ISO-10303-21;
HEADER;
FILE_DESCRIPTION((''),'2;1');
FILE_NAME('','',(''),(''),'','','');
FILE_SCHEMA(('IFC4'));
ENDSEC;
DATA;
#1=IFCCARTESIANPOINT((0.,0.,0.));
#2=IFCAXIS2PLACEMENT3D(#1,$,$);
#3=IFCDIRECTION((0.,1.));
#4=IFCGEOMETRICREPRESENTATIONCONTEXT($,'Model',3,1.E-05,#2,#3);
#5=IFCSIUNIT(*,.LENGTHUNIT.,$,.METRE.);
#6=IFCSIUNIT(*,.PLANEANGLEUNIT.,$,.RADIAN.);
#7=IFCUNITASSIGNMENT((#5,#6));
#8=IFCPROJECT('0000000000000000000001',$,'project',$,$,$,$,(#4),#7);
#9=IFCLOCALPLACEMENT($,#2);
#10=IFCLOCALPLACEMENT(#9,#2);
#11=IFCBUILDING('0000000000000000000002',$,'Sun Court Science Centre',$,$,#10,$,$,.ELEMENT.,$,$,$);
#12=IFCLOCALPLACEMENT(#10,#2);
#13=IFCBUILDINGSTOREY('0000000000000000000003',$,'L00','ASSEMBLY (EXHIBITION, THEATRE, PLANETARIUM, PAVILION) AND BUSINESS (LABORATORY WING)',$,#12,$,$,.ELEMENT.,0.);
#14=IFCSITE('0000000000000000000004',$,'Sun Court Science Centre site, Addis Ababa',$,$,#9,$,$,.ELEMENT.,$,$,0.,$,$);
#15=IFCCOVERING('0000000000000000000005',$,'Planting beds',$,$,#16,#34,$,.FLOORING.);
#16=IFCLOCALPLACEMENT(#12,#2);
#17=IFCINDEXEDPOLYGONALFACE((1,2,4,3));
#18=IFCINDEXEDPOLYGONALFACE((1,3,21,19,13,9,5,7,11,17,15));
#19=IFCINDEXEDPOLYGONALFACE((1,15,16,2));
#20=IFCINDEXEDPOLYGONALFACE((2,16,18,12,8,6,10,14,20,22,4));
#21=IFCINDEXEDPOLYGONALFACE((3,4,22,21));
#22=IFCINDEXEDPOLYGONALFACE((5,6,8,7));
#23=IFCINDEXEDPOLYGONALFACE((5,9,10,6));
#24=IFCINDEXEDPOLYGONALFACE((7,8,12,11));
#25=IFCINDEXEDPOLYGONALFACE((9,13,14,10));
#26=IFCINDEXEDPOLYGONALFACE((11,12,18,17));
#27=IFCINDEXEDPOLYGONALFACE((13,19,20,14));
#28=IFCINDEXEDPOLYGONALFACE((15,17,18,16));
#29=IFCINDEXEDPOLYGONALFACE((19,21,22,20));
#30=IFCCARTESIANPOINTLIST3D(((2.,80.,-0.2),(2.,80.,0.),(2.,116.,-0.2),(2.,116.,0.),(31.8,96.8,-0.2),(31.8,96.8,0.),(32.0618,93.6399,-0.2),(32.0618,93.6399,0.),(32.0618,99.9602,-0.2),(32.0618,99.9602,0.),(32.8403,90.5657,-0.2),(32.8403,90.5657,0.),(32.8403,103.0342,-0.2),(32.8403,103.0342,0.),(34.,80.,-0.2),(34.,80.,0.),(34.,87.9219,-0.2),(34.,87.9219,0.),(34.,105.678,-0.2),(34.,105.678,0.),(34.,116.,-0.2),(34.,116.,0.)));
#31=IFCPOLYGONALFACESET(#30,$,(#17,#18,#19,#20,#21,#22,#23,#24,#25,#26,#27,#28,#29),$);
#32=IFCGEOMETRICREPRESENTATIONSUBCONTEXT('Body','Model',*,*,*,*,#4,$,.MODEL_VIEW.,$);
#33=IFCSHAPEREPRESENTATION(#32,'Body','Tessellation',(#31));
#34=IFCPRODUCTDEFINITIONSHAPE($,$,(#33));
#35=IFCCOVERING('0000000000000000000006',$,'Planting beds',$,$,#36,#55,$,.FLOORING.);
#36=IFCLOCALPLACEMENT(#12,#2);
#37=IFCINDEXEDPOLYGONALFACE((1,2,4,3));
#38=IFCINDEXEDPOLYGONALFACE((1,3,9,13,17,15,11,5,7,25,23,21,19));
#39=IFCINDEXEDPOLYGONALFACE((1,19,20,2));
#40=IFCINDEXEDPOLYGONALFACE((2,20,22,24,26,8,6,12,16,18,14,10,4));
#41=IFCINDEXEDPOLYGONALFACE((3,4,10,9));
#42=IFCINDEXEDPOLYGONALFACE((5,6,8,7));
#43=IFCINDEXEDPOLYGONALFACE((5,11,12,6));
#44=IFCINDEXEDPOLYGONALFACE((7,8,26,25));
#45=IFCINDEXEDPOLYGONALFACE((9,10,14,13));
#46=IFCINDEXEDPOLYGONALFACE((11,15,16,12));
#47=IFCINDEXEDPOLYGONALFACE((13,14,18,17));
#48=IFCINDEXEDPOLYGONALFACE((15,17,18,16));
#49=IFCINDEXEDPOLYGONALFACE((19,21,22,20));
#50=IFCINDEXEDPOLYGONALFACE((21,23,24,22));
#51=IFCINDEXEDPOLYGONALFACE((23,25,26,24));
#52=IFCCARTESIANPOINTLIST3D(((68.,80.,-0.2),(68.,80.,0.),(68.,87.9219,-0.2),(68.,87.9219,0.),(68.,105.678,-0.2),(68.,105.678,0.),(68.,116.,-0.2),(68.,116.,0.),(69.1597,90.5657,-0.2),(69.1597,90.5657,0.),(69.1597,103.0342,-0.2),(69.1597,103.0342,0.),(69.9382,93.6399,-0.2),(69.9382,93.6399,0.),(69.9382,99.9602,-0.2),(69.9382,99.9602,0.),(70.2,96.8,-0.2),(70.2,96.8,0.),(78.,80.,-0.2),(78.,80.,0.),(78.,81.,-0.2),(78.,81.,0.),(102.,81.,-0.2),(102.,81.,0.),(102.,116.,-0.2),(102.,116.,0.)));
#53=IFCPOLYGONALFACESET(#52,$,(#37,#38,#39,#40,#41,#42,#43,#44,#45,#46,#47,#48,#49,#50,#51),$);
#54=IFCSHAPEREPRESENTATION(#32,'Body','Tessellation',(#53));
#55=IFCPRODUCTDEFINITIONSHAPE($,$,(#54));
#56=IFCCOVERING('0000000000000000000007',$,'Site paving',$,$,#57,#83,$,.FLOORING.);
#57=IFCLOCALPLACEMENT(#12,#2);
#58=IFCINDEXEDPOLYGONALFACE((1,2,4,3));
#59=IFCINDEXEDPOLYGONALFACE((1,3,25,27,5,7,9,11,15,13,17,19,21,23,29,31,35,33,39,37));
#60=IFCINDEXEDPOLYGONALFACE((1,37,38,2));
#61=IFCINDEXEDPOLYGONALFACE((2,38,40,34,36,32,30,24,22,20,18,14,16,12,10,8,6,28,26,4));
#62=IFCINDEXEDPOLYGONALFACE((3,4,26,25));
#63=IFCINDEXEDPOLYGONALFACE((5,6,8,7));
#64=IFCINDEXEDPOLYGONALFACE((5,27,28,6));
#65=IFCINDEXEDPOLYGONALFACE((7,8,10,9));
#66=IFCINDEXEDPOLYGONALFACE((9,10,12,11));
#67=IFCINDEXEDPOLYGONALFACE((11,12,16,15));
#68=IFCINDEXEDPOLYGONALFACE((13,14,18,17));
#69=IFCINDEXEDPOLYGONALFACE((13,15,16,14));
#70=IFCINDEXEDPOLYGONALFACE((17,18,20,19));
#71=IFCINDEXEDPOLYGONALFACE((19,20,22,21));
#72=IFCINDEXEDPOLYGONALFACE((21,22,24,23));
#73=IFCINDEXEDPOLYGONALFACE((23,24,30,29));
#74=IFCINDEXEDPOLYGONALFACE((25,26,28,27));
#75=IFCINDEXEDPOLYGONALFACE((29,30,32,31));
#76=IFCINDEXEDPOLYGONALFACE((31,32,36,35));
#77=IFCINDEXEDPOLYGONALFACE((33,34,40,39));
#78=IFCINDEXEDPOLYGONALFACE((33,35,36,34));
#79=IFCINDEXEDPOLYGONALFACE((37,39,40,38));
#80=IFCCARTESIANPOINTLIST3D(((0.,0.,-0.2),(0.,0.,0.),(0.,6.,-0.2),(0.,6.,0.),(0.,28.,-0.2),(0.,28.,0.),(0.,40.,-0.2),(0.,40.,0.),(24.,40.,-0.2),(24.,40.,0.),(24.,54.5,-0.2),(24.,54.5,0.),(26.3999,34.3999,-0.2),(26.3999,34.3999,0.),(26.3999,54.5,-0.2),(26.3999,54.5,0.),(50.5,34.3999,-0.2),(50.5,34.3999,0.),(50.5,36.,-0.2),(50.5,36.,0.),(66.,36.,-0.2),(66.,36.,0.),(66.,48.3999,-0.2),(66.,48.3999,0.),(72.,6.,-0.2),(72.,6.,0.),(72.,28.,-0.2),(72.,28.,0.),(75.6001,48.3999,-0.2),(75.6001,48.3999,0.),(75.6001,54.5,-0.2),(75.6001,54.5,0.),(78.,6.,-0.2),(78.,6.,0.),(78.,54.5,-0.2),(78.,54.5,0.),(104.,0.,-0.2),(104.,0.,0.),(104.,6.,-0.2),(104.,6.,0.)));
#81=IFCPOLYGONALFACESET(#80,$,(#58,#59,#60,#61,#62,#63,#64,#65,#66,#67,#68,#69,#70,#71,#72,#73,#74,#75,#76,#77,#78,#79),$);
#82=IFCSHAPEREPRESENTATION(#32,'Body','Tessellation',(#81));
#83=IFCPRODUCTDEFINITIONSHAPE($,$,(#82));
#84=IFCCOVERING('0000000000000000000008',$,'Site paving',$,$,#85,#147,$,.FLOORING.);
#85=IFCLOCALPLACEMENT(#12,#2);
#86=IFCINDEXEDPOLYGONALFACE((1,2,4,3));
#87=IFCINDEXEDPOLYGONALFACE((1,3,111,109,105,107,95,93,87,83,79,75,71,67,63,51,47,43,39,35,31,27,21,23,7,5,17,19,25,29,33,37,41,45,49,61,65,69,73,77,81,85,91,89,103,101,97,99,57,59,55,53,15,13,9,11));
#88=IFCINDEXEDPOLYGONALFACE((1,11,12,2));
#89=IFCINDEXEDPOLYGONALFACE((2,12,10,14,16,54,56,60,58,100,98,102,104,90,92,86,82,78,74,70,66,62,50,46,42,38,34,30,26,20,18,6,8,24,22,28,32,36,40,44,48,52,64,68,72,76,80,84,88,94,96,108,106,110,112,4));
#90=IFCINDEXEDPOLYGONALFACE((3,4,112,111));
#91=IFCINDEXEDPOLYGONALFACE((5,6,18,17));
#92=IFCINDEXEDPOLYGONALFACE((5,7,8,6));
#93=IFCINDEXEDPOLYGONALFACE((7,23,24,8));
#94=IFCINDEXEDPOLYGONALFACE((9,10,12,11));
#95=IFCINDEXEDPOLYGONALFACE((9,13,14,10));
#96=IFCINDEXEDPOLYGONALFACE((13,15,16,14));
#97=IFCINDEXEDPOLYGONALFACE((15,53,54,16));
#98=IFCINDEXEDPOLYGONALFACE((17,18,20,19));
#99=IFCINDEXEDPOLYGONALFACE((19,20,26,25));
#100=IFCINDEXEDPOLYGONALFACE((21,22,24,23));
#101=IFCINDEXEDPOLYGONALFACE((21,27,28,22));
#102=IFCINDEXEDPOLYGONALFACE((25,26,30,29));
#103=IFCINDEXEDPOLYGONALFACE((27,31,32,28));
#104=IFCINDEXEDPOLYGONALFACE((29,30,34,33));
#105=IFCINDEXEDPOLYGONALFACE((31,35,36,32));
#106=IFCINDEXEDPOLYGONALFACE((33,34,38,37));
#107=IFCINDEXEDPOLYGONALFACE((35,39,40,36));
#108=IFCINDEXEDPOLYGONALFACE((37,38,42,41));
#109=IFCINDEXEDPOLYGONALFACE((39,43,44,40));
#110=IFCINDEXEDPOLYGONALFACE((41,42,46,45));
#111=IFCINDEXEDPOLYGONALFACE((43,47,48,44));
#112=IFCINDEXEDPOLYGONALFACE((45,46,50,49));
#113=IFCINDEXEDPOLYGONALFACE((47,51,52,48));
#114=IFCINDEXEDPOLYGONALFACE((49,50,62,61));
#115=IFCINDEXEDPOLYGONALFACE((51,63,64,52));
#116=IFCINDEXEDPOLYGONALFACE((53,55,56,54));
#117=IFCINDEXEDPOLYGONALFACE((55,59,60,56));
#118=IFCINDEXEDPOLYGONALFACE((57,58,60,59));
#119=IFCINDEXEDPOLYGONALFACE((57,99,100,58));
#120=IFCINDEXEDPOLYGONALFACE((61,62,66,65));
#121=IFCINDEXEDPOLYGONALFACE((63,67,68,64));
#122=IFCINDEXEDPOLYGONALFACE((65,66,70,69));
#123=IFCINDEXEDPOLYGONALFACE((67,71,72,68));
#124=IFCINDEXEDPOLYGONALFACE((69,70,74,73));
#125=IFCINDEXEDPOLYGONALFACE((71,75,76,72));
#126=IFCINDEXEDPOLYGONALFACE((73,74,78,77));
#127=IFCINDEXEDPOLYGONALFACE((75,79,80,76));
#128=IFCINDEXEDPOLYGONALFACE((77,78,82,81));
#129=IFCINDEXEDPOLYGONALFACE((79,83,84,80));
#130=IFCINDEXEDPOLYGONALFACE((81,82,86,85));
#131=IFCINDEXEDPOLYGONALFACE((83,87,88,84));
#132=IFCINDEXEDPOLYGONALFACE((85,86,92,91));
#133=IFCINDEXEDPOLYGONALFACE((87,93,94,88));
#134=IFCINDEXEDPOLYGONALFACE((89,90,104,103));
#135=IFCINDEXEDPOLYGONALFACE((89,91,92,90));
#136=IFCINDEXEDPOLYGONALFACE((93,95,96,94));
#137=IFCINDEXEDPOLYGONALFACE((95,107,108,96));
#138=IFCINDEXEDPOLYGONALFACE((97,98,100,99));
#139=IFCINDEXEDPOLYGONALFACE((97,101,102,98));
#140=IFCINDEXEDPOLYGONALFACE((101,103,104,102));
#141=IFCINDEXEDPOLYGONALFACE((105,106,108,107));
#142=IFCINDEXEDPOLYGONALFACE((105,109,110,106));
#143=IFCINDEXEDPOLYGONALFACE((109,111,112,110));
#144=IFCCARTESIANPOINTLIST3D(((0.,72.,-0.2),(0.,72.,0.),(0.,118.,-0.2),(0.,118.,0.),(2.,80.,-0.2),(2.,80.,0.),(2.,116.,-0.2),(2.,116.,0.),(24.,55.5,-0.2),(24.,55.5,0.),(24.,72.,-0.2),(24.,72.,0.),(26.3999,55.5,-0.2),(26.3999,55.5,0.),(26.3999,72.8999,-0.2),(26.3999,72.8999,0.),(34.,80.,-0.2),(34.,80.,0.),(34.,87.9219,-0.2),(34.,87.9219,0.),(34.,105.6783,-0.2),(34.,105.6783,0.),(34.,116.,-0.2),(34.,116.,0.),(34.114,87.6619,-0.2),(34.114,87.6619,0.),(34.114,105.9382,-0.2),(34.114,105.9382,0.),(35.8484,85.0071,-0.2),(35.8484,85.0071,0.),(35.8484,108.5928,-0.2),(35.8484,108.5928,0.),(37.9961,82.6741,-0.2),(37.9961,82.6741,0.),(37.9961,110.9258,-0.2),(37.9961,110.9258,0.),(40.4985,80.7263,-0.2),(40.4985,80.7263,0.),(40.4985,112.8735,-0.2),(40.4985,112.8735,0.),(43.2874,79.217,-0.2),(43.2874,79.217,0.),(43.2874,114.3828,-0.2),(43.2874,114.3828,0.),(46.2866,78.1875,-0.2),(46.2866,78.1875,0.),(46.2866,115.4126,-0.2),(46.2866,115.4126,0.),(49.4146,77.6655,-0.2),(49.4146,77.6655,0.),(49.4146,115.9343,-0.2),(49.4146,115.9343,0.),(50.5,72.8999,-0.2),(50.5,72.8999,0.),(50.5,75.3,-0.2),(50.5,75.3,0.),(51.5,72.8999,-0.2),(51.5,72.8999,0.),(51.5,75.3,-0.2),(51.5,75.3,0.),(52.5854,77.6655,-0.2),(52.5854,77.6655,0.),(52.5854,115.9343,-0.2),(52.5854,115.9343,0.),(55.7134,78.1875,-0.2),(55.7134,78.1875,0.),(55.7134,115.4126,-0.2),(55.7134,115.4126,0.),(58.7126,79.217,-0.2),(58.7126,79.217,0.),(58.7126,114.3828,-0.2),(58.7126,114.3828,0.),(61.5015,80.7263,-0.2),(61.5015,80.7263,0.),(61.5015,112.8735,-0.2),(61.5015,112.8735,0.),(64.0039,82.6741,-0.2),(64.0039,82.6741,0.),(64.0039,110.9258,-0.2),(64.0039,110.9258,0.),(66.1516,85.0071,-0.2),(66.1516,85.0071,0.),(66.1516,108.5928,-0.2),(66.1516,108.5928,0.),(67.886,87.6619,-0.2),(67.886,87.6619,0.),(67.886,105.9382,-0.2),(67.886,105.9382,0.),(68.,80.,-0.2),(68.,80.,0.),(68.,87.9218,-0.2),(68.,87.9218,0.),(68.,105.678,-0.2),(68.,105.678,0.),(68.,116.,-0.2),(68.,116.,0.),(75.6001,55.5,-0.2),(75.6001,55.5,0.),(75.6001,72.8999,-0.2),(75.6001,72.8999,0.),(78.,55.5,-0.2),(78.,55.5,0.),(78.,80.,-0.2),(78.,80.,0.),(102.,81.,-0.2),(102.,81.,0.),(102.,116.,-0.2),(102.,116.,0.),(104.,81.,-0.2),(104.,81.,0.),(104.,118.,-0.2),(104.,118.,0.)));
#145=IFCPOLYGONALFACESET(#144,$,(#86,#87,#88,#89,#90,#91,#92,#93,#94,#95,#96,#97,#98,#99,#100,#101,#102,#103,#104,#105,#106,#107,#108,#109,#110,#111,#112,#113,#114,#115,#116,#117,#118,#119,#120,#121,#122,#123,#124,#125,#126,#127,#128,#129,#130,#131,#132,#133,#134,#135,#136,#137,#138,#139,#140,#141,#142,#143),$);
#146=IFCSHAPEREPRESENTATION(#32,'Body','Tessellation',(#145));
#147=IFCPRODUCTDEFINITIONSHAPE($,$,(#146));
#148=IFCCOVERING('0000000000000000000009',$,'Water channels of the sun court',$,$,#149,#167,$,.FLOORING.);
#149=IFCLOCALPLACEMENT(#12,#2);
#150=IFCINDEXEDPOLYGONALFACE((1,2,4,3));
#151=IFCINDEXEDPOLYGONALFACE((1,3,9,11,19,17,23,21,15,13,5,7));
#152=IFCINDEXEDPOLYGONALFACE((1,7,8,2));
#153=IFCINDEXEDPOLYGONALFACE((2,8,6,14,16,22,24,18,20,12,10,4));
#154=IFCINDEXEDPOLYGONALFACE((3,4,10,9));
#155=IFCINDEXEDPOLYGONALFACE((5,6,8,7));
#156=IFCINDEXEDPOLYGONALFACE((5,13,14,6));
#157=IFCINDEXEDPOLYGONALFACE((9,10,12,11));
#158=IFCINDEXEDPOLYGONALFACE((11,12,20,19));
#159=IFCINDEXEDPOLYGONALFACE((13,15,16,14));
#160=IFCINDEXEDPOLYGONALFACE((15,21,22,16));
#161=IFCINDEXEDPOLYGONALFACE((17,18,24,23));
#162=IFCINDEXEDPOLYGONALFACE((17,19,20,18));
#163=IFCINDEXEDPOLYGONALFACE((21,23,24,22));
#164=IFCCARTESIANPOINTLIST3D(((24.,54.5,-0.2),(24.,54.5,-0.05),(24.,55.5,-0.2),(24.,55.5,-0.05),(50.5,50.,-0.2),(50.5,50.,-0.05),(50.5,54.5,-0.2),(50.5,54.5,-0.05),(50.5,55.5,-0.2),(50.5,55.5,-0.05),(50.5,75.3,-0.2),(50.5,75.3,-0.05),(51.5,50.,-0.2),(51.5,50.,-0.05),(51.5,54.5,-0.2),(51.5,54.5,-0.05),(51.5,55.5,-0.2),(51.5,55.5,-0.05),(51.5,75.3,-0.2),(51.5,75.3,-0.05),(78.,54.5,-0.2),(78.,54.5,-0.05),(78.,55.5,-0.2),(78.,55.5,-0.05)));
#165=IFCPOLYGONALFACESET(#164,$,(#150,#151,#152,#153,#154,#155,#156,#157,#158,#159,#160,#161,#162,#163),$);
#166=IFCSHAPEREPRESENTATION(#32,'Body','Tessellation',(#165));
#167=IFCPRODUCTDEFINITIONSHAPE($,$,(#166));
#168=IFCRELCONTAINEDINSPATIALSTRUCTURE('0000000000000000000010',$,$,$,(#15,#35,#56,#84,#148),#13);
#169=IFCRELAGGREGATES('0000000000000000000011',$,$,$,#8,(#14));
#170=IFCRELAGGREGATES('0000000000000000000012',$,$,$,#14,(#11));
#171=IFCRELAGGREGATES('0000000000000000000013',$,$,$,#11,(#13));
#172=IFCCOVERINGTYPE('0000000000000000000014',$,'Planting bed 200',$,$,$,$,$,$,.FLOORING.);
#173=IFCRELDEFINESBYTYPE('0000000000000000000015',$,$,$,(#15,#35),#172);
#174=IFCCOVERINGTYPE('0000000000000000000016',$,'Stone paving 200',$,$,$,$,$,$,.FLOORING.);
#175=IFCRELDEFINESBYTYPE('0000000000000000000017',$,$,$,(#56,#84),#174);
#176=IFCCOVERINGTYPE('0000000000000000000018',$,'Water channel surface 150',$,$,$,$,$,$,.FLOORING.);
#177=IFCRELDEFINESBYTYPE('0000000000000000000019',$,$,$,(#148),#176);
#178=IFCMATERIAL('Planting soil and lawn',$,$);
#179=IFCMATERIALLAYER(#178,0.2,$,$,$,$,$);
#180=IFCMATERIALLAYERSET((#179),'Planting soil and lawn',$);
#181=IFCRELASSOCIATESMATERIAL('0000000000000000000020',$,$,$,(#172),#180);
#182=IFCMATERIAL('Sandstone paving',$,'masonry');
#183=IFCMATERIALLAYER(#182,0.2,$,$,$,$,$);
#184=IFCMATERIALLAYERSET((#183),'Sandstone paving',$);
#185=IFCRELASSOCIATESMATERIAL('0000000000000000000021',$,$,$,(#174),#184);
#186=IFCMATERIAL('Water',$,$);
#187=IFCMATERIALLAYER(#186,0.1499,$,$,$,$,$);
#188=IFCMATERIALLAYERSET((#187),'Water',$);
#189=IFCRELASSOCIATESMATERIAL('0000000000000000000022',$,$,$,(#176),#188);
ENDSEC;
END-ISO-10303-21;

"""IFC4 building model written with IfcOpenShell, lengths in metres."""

from ifc_helpers import new_model, si_unit, direction, frame, origin, place, context, subcontext, project, spatial, polyline, outline, extrude, material, layer, layer_set, type_object, element, save


model = new_model("IFC4")

# Units and contexts
model_context = context("Model", 3, precision=1e-05, world=origin(), true_north=direction((0.0, 1.0)))
body_context = subcontext(model_context, "Body", "Model", "MODEL_VIEW")
ifc_project = project(units=[si_unit("LENGTHUNIT", "METRE"), si_unit("PLANEANGLEUNIT", "RADIAN")], contexts=[model_context])

# Site, building, storey
site_placement = place(None, origin())
site = spatial("IfcSite", under=ifc_project, at=site_placement, Name="Sun Court Science Centre site, Addis Ababa", CompositionType="ELEMENT", RefElevation=0.0)
building_placement = place(site_placement, origin())
building = spatial("IfcBuilding", under=site, at=building_placement, Name="Sun Court Science Centre", CompositionType="ELEMENT")
storey_placement = place(building_placement, origin())
storey = spatial("IfcBuildingStorey", under=building, at=storey_placement, Name="L00", Description="ASSEMBLY (EXHIBITION, THEATRE, PLANETARIUM, PAVILION) AND BUSINESS (LABORATORY WING)", CompositionType="ELEMENT", Elevation=0.0)

# Coverings
ifc_material_1 = material(Name="Planting soil and lawn")
ifc_layer_1 = layer(ifc_material_1, 0.2)
ifc_layer_set_1 = layer_set([ifc_layer_1], Name="Planting soil and lawn")
covering_type_1 = type_object("IfcCoveringType", Name="Planting bed 200", PredefinedType="FLOORING", material=ifc_layer_set_1)
covering_1_placement = place(storey_placement, frame((0.0, 0.0, -0.2)))
element("IfcCovering", 1, at=covering_1_placement, inside=storey, type_object=covering_type_1, Name="Planting beds", PredefinedType="FLOORING", context=body_context, shape_type="SweptSolid", body=[
    extrude(outline(polyline([(34.0, 116.0), (34.0, 105.678), (32.8403, 103.0342), (32.0618, 99.9602), (31.8, 96.8), (32.0618, 93.6399), (32.8403, 90.5657), (34.0, 87.9219), (34.0, 80.0), (2.0, 80.0), (2.0, 116.0), (34.0, 116.0)])), origin(), (0.0, 0.0, 1.0), 0.2),
])
covering_2_placement = place(storey_placement, frame((0.0, 0.0, -0.2)))
element("IfcCovering", 2, at=covering_2_placement, inside=storey, type_object=covering_type_1, Name="Planting beds", PredefinedType="FLOORING", context=body_context, shape_type="SweptSolid", body=[
    extrude(outline(polyline([(78.0, 81.0), (78.0, 80.0), (68.0, 80.0), (68.0, 87.9219), (69.1597, 90.5657), (69.9382, 93.6399), (70.2, 96.8), (69.9382, 99.9602), (69.1597, 103.0342), (68.0, 105.678), (68.0, 116.0), (102.0, 116.0), (102.0, 81.0), (78.0, 81.0)])), origin(), (0.0, 0.0, 1.0), 0.2),
])
ifc_material_2 = material(Name="Sandstone paving", Category="masonry")
ifc_layer_2 = layer(ifc_material_2, 0.2)
ifc_layer_set_2 = layer_set([ifc_layer_2], Name="Sandstone paving")
covering_type_2 = type_object("IfcCoveringType", Name="Stone paving 200", PredefinedType="FLOORING", material=ifc_layer_set_2)
covering_3_placement = place(storey_placement, frame((0.0, 0.0, -0.2)))
element("IfcCovering", 3, at=covering_3_placement, inside=storey, type_object=covering_type_2, Name="Site paving", PredefinedType="FLOORING", context=body_context, shape_type="SweptSolid", body=[
    extrude(outline(polyline([(0.0, 6.0), (72.0, 6.0), (72.0, 28.0), (0.0, 28.0), (0.0, 40.0), (24.0, 40.0), (24.0, 54.5), (26.3999, 54.5), (26.3999, 34.3999), (50.5, 34.3999), (50.5, 36.0), (66.0, 36.0), (66.0, 48.3999), (75.6001, 48.3999), (75.6001, 54.5), (78.0, 54.5), (78.0, 6.0), (104.0, 6.0), (104.0, 0.0), (0.0, 0.0), (0.0, 6.0)])), origin(), (0.0, 0.0, 1.0), 0.2),
])
covering_4_placement = place(storey_placement, frame((0.0, 0.0, -0.2)))
element("IfcCovering", 4, at=covering_4_placement, inside=storey, type_object=covering_type_2, Name="Site paving", PredefinedType="FLOORING", context=body_context, shape_type="SweptSolid", body=[
    extrude(outline(polyline([(0.0, 72.0), (0.0, 118.0), (104.0, 118.0), (104.0, 81.0), (102.0, 81.0), (102.0, 116.0), (68.0, 116.0), (68.0, 105.678), (67.886, 105.9382), (66.1516, 108.5928), (64.0039, 110.9258), (61.5015, 112.8735), (58.7126, 114.3828), (55.7134, 115.4126), (52.5854, 115.9343), (49.4146, 115.9343), (46.2866, 115.4126), (43.2874, 114.3828), (40.4985, 112.8735), (37.9961, 110.9258), (35.8484, 108.5928), (34.114, 105.9382), (32.8403, 103.0342), (34.0, 105.678), (34.0, 116.0), (2.0, 116.0), (2.0, 80.0), (34.0, 80.0), (34.0, 87.9219), (34.114, 87.6619), (35.8484, 85.0071), (37.9961, 82.6741), (40.4985, 80.7263), (43.2874, 79.217), (46.2866, 78.1875), (49.4146, 77.6655), (52.5854, 77.6655), (55.7134, 78.1875), (58.7126, 79.217), (61.5015, 80.7263), (64.0039, 82.6741), (66.1516, 85.0071), (67.886, 87.6619), (69.1597, 90.5657), (68.0, 87.9219), (68.0, 80.0), (78.0, 80.0), (78.0, 55.5), (75.6001, 55.5), (75.6001, 72.8999), (51.5, 72.8999), (51.5, 75.3), (50.5, 75.3), (50.5, 72.8999), (26.3999, 72.8999), (26.3999, 55.5), (24.0, 55.5), (24.0, 72.0), (0.0, 72.0)])), origin(), (0.0, 0.0, 1.0), 0.2),
])
ifc_material_3 = material(Name="Water")
ifc_layer_3 = layer(ifc_material_3, 0.1499)
ifc_layer_set_3 = layer_set([ifc_layer_3], Name="Water")
covering_type_3 = type_object("IfcCoveringType", Name="Water channel surface 150", PredefinedType="FLOORING", material=ifc_layer_set_3)
covering_5_placement = place(storey_placement, frame((0.0, 0.0, -0.2)))
element("IfcCovering", 5, at=covering_5_placement, inside=storey, type_object=covering_type_3, Name="Water channels of the sun court", PredefinedType="FLOORING", context=body_context, shape_type="SweptSolid", body=[
    extrude(outline(polyline([(78.0, 54.5), (51.5, 54.5), (51.5, 50.0), (50.5, 50.0), (50.5, 54.5), (24.0, 54.5), (24.0, 55.5), (50.5, 55.5), (50.5, 75.3), (51.5, 75.3), (51.5, 55.5), (78.0, 55.5), (78.0, 54.5)])), origin(), (0.0, 0.0, 1.0), 0.1499),
])

save(model, "model.ifc")
